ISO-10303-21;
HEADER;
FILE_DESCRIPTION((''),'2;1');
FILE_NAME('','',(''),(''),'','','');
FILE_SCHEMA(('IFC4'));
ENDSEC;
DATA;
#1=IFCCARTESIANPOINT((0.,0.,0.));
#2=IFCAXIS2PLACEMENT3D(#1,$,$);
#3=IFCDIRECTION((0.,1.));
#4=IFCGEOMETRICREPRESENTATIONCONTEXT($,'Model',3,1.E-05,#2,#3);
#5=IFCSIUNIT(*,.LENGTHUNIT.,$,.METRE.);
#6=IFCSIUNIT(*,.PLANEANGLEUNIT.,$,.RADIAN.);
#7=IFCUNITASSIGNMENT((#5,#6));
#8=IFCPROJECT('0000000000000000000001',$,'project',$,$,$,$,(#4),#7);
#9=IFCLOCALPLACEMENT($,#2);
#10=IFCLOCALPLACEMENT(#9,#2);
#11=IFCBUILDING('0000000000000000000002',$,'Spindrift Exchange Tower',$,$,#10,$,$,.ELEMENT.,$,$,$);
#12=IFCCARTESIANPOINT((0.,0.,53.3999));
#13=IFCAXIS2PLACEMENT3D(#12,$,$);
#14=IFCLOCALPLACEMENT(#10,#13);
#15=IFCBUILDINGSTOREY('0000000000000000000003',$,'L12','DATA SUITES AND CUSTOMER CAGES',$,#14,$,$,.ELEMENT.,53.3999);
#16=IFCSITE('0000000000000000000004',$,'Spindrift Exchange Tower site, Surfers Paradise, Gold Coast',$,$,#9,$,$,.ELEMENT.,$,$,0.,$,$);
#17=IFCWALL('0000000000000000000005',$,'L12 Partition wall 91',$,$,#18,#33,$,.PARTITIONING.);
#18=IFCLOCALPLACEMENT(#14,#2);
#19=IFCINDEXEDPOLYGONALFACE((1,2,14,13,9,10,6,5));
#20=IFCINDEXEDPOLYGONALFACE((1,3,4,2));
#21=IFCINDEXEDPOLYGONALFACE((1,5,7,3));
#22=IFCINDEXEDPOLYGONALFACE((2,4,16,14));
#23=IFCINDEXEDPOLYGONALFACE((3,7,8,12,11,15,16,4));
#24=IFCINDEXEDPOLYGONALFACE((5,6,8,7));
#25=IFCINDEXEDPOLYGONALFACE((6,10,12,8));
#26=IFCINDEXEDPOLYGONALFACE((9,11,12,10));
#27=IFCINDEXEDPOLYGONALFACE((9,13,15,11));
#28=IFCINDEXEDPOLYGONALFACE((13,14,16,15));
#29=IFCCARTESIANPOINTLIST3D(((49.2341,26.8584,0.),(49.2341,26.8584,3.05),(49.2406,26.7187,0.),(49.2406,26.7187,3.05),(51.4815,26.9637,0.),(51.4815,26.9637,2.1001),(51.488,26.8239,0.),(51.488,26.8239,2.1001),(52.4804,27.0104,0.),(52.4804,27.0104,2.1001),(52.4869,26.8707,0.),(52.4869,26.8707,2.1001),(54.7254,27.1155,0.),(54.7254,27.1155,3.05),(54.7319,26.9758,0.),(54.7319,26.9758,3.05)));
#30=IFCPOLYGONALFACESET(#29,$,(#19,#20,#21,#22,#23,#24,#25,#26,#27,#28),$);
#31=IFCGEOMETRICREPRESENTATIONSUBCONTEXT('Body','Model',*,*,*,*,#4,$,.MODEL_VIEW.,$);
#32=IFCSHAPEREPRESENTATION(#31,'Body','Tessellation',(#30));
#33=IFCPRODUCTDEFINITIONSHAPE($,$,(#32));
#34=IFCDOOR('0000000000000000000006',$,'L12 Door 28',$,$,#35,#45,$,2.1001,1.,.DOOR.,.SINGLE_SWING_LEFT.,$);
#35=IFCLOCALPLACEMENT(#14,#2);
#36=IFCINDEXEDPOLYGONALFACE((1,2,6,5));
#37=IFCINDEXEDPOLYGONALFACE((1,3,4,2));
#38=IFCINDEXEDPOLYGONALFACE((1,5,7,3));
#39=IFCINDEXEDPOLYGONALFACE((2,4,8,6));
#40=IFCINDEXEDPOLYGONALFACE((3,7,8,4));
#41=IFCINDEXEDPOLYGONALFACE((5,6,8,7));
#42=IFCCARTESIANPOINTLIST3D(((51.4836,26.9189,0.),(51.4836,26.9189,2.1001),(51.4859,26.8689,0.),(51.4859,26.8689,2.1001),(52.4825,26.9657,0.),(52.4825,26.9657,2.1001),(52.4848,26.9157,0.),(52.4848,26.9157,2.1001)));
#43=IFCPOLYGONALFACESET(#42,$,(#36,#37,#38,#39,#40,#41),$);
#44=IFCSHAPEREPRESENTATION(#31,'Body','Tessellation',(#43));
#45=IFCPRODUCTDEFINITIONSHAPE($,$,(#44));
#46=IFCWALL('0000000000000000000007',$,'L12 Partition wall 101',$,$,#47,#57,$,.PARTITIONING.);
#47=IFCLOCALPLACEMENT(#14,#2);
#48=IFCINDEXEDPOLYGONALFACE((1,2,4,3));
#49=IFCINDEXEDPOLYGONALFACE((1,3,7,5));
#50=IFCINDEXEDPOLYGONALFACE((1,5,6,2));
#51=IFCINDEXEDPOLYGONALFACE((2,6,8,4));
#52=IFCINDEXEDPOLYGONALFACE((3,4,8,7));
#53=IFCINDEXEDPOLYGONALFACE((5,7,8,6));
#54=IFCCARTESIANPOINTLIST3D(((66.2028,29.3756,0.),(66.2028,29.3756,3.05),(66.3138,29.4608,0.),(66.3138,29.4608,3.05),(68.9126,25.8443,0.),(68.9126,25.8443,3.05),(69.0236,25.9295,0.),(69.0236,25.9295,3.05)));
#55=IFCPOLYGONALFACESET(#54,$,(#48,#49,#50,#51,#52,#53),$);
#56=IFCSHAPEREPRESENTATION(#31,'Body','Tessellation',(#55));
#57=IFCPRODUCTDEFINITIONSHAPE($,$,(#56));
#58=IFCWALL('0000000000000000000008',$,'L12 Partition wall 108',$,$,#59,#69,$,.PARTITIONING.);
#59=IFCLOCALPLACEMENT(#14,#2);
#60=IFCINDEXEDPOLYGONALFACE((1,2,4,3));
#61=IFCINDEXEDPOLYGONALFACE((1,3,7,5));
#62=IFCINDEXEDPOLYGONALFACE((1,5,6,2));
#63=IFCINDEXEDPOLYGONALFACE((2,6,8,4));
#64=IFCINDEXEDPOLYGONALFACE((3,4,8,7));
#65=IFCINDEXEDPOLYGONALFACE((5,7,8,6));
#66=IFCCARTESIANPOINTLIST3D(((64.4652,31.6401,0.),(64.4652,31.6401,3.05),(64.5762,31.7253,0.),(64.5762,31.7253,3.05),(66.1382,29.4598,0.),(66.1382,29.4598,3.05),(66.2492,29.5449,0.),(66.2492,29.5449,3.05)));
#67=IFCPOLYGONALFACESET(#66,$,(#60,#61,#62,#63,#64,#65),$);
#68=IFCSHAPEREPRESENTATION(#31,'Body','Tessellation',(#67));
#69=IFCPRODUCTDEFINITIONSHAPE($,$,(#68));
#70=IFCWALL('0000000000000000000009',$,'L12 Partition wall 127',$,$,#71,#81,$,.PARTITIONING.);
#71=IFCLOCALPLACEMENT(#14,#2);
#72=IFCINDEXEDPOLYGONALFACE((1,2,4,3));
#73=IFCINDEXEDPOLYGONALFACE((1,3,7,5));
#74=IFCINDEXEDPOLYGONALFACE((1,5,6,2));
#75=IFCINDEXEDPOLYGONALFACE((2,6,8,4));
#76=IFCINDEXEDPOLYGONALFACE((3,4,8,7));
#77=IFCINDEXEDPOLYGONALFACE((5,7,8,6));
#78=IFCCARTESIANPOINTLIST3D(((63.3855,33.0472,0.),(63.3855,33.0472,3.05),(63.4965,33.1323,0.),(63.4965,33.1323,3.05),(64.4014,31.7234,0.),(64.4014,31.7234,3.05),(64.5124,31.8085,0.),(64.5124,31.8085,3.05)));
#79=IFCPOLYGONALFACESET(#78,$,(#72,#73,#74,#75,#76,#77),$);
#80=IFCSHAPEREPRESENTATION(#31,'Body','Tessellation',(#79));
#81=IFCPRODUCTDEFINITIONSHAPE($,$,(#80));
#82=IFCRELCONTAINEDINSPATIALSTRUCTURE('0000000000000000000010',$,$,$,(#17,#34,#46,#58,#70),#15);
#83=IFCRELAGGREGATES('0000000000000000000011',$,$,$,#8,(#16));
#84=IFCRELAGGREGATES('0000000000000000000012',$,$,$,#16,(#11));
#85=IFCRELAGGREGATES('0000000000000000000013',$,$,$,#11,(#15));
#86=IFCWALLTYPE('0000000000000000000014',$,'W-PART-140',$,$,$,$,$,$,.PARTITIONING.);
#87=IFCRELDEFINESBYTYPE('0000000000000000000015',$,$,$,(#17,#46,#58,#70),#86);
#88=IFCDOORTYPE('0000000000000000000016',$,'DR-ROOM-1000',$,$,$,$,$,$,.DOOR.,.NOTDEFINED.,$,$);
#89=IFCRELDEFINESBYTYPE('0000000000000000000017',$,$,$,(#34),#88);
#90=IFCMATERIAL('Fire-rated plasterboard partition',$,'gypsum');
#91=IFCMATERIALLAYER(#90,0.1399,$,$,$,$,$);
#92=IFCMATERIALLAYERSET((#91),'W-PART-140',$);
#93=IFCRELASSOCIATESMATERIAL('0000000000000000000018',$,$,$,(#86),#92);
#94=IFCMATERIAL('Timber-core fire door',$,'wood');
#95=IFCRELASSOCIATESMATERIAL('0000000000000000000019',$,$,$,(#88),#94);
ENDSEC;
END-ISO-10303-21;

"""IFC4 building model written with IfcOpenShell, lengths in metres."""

from ifc_helpers import new_model, si_unit, direction, frame, frame_2d, origin, place, context, subcontext, project, spatial, rectangle, extrude, source, transform, mapped, material, layer, layer_set, type_object, element, fill, save


model = new_model("IFC4")

# Units and contexts
model_context = context("Model", 3, precision=1e-05, world=origin(), true_north=direction((0.0, 1.0)))
body_context = subcontext(model_context, "Body", "Model", "MODEL_VIEW")
ifc_project = project(units=[si_unit("LENGTHUNIT", "METRE"), si_unit("PLANEANGLEUNIT", "RADIAN")], contexts=[model_context])

# Site, building, storey
site_placement = place(None, origin())
site = spatial("IfcSite", under=ifc_project, at=site_placement, Name="Spindrift Exchange Tower site, Surfers Paradise, Gold Coast", CompositionType="ELEMENT", RefElevation=0.0)
building_placement = place(site_placement, origin())
building = spatial("IfcBuilding", under=site, at=building_placement, Name="Spindrift Exchange Tower", CompositionType="ELEMENT")
storey_placement = place(building_placement, frame((0.0, 0.0, 53.3999)))
storey = spatial("IfcBuildingStorey", under=building, at=storey_placement, Name="L12", Description="DATA SUITES AND CUSTOMER CAGES", CompositionType="ELEMENT", Elevation=53.3999)

# Shared definitions
ifc_material_1 = material(Name="Fire-rated plasterboard partition", Category="gypsum")
ifc_layer_1 = layer(ifc_material_1, 0.1399)
ifc_layer_set_1 = layer_set([ifc_layer_1], Name="W-PART-140")
wall_type = type_object("IfcWallType", Name="W-PART-140", PredefinedType="PARTITIONING", material=ifc_layer_set_1)

# Wall, opening, door
wall_1_placement = place(storey_placement, frame((54.7285, 27.0457, 0.0), z_axis=(0.0, 0.0, 1.0), x_axis=(-0.998906, -0.046765, 0.0)))
wall_1 = element("IfcWall", 1, at=wall_1_placement, inside=storey, type_object=wall_type, Name="L12 Partition wall 91", PredefinedType="PARTITIONING", context=body_context, shape_type="SweptSolid", body=[
    extrude(rectangle(XDim=5.4973, YDim=0.1399, at=frame_2d((2.7485, 0.0))), origin(), (0.0, 0.0, 1.0), 3.05),
])
opening_placement = place(wall_1_placement, frame((2.2473, 0.0, 0.0)))
opening = element("IfcOpeningElement", 2, at=opening_placement, cuts=wall_1, PredefinedType="OPENING", context=body_context, shape_type="SweptSolid", body=[
    extrude(rectangle(XDim=1.0, YDim=2.1001, at=frame_2d((0.5, 1.05))), frame((0.0, 0.0798, 0.0), z_axis=(0.0, -1.0, 0.0), x_axis=(1.0, 0.0, 0.0)), (0.0, 0.0, 1.0), 0.1599),
])
ifc_material_2 = material(Name="Timber-core fire door", Category="wood")
door_type = type_object("IfcDoorType", Name="DR-ROOM-1000", OperationType="NOTDEFINED", PredefinedType="DOOR", material=ifc_material_2)
shared_shape_1 = source(origin(), body_context, "Body", "SweptSolid", [
    extrude(rectangle(XDim=1.0, YDim=2.1001, at=frame_2d((0.5, 1.05))), frame((0.0, 0.0249, 0.0), z_axis=(0.0, -1.0, 0.0), x_axis=(1.0, 0.0, 0.0)), (0.0, 0.0, 1.0), 0.05),
])
door_placement = place(opening_placement, origin())
door = element("IfcDoor", 3, at=door_placement, inside=storey, type_object=door_type, Name="L12 Door 28", OperationType="SINGLE_SWING_LEFT", OverallHeight=2.1001, OverallWidth=1.0, PredefinedType="DOOR", context=body_context, shape_type="MappedRepresentation", body=[
    mapped(shared_shape_1, transform((0.0, 0.0, 0.0), scale=1.0)),
])
fill(opening, door)

# Walls
wall_2_placement = place(storey_placement, frame((66.2583, 29.4182, 0.0), z_axis=(0.0, 0.0, 1.0), x_axis=(0.608775, -0.793343, 0.0)))
element("IfcWall", 4, at=wall_2_placement, inside=storey, type_object=wall_type, Name="L12 Partition wall 101", PredefinedType="PARTITIONING", context=body_context, shape_type="SweptSolid", body=[
    extrude(rectangle(XDim=4.4512, YDim=0.1399, at=frame_2d((2.2256, 0.0))), origin(), (0.0, 0.0, 1.0), 3.05),
])
wall_3_placement = place(storey_placement, frame((64.5208, 31.6826, 0.0), z_axis=(0.0, 0.0, 1.0), x_axis=(0.608762, -0.793353, 0.0)))
element("IfcWall", 5, at=wall_3_placement, inside=storey, type_object=wall_type, Name="L12 Partition wall 108", PredefinedType="PARTITIONING", context=body_context, shape_type="SweptSolid", body=[
    extrude(rectangle(XDim=2.7483, YDim=0.1399, at=frame_2d((1.374, 0.0))), origin(), (0.0, 0.0, 1.0), 3.05),
])
wall_4_placement = place(storey_placement, frame((63.4409, 33.0898, 0.0), z_axis=(0.0, 0.0, 1.0), x_axis=(0.608812, -0.793314, 0.0)))
element("IfcWall", 6, at=wall_4_placement, inside=storey, type_object=wall_type, Name="L12 Partition wall 127", PredefinedType="PARTITIONING", context=body_context, shape_type="SweptSolid", body=[
    extrude(rectangle(XDim=1.6687, YDim=0.1399, at=frame_2d((0.8345, 0.0))), origin(), (0.0, 0.0, 1.0), 3.05),
])

save(model, "model.ifc")
